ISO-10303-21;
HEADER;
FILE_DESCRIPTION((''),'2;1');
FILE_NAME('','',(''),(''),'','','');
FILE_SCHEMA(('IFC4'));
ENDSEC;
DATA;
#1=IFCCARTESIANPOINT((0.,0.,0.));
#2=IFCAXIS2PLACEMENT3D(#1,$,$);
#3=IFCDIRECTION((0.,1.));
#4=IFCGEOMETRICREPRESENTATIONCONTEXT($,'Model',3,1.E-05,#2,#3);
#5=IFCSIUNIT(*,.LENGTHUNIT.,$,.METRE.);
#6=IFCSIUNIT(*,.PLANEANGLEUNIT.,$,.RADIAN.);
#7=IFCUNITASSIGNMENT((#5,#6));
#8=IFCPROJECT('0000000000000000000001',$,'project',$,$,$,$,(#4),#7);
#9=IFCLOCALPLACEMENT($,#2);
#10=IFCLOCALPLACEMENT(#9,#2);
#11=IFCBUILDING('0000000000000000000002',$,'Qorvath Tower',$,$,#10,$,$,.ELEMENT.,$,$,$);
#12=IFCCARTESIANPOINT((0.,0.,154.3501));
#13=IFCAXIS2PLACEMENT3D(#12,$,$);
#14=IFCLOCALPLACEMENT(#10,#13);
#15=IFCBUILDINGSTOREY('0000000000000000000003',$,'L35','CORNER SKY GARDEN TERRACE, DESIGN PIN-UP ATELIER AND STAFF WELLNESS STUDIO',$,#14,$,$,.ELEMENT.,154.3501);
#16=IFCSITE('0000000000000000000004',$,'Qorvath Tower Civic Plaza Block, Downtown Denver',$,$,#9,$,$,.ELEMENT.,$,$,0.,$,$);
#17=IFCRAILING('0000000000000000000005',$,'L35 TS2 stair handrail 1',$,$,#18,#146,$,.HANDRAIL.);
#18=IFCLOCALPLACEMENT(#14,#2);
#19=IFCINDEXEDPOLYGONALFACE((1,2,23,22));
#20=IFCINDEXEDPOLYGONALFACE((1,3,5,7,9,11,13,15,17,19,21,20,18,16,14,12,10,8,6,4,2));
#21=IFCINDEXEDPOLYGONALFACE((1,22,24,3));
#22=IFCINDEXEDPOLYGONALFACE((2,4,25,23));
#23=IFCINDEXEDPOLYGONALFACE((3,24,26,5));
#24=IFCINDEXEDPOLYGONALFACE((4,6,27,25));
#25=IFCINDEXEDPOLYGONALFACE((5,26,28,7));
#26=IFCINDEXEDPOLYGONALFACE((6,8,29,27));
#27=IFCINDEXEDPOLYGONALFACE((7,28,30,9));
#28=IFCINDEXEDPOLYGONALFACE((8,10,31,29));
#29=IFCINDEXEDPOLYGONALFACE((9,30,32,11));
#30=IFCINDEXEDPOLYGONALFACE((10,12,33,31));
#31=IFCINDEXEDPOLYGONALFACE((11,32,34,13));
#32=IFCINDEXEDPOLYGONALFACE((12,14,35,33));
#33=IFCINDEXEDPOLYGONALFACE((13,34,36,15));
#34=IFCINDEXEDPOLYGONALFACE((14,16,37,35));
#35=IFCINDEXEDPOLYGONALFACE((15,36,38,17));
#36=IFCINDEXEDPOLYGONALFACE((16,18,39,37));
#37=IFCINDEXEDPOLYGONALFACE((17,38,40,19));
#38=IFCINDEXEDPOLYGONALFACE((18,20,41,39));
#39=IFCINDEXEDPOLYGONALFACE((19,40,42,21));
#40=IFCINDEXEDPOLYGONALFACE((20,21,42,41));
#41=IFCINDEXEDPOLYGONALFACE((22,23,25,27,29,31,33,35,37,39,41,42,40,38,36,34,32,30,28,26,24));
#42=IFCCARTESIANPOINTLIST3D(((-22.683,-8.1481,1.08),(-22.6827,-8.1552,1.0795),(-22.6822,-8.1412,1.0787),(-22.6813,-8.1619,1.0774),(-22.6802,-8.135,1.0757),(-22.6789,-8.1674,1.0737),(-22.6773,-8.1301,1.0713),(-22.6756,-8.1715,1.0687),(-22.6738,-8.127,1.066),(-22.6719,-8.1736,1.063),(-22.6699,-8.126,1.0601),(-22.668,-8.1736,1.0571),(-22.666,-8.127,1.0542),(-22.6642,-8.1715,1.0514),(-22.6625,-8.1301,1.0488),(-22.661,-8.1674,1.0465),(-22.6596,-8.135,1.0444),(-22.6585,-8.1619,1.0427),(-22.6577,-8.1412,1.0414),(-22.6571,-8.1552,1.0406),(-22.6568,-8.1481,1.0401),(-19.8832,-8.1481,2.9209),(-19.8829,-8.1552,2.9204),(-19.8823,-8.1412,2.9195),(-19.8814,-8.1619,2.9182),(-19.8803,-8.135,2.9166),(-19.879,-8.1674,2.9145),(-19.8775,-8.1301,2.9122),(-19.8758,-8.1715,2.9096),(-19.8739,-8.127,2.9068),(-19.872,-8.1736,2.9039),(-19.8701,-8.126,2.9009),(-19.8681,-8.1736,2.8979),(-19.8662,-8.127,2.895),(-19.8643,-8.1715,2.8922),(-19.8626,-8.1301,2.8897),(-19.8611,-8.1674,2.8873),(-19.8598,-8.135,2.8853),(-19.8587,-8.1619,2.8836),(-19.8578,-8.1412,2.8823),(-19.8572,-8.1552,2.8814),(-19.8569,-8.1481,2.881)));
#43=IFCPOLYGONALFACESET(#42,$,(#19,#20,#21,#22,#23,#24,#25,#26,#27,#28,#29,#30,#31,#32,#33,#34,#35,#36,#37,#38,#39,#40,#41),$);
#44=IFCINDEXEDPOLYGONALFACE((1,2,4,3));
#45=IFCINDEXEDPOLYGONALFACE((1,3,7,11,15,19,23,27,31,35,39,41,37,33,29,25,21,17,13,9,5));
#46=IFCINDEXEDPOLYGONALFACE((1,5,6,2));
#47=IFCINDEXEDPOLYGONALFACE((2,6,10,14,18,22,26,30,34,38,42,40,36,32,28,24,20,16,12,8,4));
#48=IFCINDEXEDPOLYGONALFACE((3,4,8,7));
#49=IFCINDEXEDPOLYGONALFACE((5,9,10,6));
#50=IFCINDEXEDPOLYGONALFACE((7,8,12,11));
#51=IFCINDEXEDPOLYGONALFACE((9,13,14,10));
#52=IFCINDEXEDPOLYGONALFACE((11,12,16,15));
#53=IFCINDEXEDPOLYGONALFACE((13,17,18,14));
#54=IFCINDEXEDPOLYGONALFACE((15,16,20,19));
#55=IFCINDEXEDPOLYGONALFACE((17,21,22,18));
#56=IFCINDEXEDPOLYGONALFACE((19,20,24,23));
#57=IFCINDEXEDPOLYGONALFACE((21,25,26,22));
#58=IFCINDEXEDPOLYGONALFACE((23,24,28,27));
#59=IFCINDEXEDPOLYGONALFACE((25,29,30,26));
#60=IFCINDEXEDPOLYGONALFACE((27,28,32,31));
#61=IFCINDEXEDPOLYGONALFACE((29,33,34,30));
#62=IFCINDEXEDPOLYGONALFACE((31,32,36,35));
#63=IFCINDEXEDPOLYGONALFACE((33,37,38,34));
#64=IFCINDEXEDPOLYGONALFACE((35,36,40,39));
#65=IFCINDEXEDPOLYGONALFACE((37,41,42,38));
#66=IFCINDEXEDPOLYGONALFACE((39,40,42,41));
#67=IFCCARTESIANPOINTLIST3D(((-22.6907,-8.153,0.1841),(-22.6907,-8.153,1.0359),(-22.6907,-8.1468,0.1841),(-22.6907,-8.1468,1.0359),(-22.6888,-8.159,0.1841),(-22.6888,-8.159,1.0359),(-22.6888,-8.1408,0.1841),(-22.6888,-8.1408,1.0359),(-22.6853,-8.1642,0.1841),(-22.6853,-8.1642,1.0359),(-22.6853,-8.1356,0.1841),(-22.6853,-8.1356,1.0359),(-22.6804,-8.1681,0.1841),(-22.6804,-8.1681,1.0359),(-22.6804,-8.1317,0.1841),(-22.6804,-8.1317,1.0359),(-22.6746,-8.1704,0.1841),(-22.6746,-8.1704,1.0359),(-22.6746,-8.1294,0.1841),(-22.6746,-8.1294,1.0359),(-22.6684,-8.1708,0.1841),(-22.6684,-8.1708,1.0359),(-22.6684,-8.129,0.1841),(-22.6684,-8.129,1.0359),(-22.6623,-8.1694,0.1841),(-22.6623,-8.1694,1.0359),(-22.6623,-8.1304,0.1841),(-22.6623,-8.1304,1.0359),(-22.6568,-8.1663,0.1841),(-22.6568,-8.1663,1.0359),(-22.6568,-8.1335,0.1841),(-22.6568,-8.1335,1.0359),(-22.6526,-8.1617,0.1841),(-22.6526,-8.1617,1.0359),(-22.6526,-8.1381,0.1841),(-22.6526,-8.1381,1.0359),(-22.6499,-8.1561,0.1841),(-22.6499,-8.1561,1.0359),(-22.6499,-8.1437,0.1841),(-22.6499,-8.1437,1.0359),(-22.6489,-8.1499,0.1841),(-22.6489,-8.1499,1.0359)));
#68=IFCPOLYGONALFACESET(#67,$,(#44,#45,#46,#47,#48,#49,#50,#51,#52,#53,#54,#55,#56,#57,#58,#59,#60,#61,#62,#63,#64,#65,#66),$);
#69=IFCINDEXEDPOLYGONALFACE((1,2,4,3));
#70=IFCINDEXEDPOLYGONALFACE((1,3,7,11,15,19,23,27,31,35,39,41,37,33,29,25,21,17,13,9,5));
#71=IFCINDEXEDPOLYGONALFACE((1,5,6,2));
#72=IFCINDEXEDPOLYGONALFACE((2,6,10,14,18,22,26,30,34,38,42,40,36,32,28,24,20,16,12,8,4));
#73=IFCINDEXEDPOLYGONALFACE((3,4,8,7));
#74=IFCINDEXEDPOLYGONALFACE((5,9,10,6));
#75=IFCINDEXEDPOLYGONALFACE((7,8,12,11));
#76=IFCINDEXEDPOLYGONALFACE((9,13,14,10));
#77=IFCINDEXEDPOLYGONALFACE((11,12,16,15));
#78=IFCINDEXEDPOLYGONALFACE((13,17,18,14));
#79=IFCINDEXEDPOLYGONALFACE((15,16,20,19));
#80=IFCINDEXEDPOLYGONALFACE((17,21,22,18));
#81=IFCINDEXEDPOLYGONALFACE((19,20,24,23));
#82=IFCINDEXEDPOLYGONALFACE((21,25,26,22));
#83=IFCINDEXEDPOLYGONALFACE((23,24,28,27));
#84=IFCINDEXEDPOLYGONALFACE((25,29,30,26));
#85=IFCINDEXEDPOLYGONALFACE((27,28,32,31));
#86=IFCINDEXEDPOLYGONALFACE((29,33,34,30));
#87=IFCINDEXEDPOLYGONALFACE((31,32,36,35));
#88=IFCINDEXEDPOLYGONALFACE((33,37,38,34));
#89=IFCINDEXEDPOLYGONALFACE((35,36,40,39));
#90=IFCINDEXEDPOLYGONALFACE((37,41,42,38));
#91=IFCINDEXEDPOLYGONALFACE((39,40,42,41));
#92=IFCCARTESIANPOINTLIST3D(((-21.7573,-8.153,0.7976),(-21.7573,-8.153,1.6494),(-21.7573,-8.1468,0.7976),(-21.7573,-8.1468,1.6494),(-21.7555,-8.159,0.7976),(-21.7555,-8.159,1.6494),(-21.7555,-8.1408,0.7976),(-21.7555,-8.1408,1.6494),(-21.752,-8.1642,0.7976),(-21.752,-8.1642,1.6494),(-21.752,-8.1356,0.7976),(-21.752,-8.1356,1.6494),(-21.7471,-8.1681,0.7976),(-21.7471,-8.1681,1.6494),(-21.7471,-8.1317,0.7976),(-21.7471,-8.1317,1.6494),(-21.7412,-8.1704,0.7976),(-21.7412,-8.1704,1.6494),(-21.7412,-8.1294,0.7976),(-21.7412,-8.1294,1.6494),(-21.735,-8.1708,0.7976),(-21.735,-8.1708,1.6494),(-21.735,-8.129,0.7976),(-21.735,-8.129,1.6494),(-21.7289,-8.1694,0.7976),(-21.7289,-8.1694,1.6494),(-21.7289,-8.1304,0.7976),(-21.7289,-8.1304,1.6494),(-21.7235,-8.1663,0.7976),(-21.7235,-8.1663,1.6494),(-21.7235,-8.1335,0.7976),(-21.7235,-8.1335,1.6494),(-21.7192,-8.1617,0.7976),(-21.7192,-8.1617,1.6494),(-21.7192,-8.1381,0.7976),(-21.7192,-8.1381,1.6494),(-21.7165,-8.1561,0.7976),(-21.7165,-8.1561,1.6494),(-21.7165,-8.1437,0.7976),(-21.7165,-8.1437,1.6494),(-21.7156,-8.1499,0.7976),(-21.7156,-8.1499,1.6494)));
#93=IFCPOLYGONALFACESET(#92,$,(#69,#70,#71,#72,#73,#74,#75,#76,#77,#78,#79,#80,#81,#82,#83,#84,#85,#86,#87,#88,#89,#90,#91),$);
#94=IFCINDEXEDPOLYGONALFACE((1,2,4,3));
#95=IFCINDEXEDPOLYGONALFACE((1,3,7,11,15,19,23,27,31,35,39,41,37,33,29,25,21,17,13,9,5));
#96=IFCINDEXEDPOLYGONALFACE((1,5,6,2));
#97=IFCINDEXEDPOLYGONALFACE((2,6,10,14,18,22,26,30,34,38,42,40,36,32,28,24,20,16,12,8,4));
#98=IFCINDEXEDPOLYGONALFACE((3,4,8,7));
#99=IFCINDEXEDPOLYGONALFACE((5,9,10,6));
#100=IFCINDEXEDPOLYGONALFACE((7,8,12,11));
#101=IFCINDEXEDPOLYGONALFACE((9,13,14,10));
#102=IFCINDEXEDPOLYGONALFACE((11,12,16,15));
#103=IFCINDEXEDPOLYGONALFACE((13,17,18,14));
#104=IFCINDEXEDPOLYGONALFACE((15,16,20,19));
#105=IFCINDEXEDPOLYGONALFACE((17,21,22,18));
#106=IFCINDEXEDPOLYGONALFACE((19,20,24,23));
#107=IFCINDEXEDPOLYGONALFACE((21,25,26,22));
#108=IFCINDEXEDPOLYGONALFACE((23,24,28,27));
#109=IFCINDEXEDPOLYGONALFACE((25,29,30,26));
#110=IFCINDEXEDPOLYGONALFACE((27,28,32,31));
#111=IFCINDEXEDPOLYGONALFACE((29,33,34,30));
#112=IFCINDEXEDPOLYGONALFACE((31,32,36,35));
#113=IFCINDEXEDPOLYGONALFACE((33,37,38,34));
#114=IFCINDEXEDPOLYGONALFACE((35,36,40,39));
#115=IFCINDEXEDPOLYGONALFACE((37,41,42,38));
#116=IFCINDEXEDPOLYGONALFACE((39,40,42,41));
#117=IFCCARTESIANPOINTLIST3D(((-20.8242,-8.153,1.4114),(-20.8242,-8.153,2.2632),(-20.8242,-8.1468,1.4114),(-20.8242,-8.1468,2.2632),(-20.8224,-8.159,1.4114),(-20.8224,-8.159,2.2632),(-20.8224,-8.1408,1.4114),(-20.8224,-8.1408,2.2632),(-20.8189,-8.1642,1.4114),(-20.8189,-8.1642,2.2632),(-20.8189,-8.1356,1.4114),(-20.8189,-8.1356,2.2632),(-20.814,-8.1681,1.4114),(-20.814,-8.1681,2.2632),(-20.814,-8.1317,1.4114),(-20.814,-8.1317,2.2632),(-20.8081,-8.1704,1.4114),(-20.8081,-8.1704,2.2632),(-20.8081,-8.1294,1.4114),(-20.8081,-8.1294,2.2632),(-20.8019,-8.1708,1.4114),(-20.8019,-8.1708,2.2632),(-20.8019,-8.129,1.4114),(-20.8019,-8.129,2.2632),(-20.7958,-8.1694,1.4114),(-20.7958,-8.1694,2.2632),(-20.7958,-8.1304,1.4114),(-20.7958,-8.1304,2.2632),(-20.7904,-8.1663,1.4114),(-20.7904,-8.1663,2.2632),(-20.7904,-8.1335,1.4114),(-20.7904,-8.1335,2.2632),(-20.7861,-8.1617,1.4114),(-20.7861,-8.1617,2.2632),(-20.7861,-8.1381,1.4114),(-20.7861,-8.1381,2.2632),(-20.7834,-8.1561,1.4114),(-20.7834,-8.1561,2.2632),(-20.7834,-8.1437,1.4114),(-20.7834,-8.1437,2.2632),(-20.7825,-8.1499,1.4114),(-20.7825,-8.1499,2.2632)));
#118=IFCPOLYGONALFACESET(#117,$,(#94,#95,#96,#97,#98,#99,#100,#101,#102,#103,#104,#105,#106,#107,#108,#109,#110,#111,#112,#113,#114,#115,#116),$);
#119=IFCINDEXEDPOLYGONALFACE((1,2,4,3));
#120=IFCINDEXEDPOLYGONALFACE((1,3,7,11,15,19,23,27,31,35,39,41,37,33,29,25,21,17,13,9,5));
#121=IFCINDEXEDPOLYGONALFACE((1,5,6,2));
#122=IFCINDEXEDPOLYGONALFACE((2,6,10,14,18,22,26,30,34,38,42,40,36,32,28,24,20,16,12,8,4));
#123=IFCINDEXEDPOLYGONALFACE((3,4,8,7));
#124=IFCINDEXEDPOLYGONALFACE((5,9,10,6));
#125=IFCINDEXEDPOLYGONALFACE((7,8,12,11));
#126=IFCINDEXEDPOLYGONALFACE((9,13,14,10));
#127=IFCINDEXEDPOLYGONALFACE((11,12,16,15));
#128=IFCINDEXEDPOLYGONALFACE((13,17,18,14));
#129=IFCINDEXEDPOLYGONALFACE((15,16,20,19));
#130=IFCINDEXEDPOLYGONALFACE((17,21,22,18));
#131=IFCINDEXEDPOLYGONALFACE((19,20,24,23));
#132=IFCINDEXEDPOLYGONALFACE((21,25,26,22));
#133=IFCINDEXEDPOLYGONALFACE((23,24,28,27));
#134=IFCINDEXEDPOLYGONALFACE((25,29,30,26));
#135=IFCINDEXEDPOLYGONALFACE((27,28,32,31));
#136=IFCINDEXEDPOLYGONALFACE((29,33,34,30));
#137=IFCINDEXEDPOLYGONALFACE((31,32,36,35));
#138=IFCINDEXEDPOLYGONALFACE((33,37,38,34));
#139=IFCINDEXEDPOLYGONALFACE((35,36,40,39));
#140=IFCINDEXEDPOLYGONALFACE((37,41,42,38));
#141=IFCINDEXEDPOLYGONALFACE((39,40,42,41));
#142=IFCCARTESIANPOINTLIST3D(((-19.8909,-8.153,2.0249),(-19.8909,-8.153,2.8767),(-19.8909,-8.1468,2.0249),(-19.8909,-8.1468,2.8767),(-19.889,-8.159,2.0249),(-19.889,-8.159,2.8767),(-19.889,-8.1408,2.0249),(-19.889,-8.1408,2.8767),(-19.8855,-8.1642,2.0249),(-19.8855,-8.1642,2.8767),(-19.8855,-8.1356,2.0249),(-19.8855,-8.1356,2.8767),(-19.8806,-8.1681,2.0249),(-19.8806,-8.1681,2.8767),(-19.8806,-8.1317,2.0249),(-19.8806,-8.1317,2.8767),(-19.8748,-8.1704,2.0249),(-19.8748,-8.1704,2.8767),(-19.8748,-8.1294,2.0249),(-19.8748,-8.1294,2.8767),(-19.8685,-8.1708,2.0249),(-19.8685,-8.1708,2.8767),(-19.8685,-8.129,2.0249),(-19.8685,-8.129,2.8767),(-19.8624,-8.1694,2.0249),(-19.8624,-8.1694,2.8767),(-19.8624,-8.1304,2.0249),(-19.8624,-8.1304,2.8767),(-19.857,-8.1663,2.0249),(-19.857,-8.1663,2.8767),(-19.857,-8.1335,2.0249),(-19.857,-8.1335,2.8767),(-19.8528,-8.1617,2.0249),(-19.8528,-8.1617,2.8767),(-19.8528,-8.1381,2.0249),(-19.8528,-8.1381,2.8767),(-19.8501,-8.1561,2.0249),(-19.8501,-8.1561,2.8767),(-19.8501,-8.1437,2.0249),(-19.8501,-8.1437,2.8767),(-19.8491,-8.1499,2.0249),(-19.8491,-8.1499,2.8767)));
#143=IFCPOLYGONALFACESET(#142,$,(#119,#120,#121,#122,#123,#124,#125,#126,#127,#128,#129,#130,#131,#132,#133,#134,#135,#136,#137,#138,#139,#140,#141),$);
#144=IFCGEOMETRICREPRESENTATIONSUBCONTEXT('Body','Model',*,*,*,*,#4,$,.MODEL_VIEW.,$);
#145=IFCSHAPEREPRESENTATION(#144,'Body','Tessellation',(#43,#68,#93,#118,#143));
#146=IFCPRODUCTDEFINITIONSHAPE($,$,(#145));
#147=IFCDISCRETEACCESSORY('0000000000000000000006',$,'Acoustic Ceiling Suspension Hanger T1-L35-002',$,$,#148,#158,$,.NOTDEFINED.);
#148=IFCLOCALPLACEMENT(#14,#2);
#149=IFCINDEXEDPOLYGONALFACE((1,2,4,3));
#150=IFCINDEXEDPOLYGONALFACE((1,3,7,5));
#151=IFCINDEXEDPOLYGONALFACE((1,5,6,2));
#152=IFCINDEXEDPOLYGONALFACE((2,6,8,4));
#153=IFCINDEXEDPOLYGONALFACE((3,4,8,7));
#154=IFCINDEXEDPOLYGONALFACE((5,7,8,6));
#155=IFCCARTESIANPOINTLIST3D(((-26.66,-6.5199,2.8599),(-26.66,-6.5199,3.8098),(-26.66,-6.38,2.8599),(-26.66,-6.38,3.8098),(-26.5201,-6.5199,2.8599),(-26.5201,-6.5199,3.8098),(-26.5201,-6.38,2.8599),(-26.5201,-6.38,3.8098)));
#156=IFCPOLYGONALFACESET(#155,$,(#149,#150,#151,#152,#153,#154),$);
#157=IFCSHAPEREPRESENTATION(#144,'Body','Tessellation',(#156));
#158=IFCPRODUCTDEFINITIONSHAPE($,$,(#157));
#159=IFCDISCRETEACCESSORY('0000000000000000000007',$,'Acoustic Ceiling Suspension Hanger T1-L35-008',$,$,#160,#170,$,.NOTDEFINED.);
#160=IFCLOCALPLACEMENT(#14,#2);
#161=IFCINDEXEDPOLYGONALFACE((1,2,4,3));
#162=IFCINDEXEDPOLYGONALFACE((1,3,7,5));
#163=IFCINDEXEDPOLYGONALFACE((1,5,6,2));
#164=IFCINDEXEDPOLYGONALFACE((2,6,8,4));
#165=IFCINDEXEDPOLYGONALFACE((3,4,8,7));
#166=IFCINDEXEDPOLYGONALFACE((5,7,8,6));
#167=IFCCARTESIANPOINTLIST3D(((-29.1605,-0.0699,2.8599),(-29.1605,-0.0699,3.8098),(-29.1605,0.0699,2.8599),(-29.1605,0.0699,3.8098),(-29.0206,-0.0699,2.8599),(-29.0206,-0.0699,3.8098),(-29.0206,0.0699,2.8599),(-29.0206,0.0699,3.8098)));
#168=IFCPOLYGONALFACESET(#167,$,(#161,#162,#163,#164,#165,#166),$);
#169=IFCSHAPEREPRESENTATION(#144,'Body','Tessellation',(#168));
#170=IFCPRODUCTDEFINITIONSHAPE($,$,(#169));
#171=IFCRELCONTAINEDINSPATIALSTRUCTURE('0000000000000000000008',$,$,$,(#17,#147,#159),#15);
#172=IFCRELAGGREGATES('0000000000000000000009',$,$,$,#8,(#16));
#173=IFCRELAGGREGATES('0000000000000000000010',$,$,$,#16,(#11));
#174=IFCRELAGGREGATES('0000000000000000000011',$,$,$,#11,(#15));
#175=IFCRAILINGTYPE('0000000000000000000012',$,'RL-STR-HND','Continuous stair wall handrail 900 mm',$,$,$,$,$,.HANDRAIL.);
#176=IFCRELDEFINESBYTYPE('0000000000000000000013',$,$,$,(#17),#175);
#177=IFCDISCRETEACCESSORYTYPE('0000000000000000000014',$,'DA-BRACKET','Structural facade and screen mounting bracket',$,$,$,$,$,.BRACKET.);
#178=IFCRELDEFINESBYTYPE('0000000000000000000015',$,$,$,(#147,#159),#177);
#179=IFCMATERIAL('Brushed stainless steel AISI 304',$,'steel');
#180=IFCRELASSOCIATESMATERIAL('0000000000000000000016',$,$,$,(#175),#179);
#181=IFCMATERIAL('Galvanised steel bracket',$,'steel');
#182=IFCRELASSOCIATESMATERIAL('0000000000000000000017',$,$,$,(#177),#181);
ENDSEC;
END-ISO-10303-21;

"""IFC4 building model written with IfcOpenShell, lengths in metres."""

from ifc_helpers import new_model, si_unit, direction, frame, origin, origin_2d, place, context, subcontext, project, spatial, rectangle, circle, extrude, material, type_object, element, save


model = new_model("IFC4")

# Units and contexts
model_context = context("Model", 3, precision=1e-05, world=origin(), true_north=direction((0.0, 1.0)))
body_context = subcontext(model_context, "Body", "Model", "MODEL_VIEW")
ifc_project = project(units=[si_unit("LENGTHUNIT", "METRE"), si_unit("PLANEANGLEUNIT", "RADIAN")], contexts=[model_context])

# Site, building, storey
site_placement = place(None, origin())
site = spatial("IfcSite", under=ifc_project, at=site_placement, Name="Qorvath Tower Civic Plaza Block, Downtown Denver", CompositionType="ELEMENT", RefElevation=0.0)
building_placement = place(site_placement, origin())
building = spatial("IfcBuilding", under=site, at=building_placement, Name="Qorvath Tower", CompositionType="ELEMENT")
storey_placement = place(building_placement, frame((0.0, 0.0, 154.3501)))
storey = spatial("IfcBuildingStorey", under=building, at=storey_placement, Name="L35", Description="CORNER SKY GARDEN TERRACE, DESIGN PIN-UP ATELIER AND STAFF WELLNESS STUDIO", CompositionType="ELEMENT", Elevation=154.3501)

# Railing
ifc_material_1 = material(Name="Brushed stainless steel AISI 304", Category="steel")
railing_type_1 = type_object("IfcRailingType", Name="RL-STR-HND", Description="Continuous stair wall handrail 900 mm", PredefinedType="HANDRAIL", material=ifc_material_1)
railing_1_placement = place(storey_placement, frame((-22.6699, -8.1499, 0.1841)))
element("IfcRailing", 1, at=railing_1_placement, inside=storey, type_object=railing_type_1, Name="L35 TS2 stair handrail 1", PredefinedType="HANDRAIL", context=body_context, shape_type="SweptSolid", body=[
    extrude(circle(Radius=0.0239, at=origin_2d()), frame((0.0, 0.0, 0.876), z_axis=(0.835576, 0.0, 0.549376), x_axis=(0.0, 1.0, 0.0)), (0.0, 0.0, 1.0), 3.3508),
    extrude(circle(Radius=0.021, at=origin_2d()), origin(), (0.0, 0.0, 1.0), 0.8518),
    extrude(circle(Radius=0.021, at=origin_2d()), frame((0.9333, 0.0, 0.6135)), (0.0, 0.0, 1.0), 0.8518),
    extrude(circle(Radius=0.021, at=origin_2d()), frame((1.8665, 0.0, 1.2273)), (0.0, 0.0, 1.0), 0.8518),
    extrude(circle(Radius=0.021, at=origin_2d()), frame((2.7998, 0.0, 1.8408)), (0.0, 0.0, 1.0), 0.8518),
])

# Discrete accessories
ifc_material_2 = material(Name="Galvanised steel bracket", Category="steel")
discrete_accessory_type = type_object("IfcDiscreteAccessoryType", Name="DA-BRACKET", Description="Structural facade and screen mounting bracket", PredefinedType="BRACKET", material=ifc_material_2)
for number, where, z_axis, x_axis, name in (
    (2, (-26.5901, -6.45, 2.8599), (0.0, 0.0, 1.0), (1.0, 0.0, 0.0), "Acoustic Ceiling Suspension Hanger T1-L35-002"),
    (3, (-29.0906, 0.0, 2.8599), (0.0, 0.0, 1.0), (1.0, 0.0, 0.0), "Acoustic Ceiling Suspension Hanger T1-L35-008"),
):
    element("IfcDiscreteAccessory", number, at=place(storey_placement, frame(where, z_axis=z_axis, x_axis=x_axis)), inside=storey, type_object=discrete_accessory_type, Name=name, PredefinedType="NOTDEFINED", context=body_context, shape_type="SweptSolid", body=[
        extrude(rectangle(XDim=0.1399, YDim=0.1399, at=origin_2d()), origin(), (0.0, 0.0, 1.0), 0.95),
    ])

save(model, "model.ifc")
